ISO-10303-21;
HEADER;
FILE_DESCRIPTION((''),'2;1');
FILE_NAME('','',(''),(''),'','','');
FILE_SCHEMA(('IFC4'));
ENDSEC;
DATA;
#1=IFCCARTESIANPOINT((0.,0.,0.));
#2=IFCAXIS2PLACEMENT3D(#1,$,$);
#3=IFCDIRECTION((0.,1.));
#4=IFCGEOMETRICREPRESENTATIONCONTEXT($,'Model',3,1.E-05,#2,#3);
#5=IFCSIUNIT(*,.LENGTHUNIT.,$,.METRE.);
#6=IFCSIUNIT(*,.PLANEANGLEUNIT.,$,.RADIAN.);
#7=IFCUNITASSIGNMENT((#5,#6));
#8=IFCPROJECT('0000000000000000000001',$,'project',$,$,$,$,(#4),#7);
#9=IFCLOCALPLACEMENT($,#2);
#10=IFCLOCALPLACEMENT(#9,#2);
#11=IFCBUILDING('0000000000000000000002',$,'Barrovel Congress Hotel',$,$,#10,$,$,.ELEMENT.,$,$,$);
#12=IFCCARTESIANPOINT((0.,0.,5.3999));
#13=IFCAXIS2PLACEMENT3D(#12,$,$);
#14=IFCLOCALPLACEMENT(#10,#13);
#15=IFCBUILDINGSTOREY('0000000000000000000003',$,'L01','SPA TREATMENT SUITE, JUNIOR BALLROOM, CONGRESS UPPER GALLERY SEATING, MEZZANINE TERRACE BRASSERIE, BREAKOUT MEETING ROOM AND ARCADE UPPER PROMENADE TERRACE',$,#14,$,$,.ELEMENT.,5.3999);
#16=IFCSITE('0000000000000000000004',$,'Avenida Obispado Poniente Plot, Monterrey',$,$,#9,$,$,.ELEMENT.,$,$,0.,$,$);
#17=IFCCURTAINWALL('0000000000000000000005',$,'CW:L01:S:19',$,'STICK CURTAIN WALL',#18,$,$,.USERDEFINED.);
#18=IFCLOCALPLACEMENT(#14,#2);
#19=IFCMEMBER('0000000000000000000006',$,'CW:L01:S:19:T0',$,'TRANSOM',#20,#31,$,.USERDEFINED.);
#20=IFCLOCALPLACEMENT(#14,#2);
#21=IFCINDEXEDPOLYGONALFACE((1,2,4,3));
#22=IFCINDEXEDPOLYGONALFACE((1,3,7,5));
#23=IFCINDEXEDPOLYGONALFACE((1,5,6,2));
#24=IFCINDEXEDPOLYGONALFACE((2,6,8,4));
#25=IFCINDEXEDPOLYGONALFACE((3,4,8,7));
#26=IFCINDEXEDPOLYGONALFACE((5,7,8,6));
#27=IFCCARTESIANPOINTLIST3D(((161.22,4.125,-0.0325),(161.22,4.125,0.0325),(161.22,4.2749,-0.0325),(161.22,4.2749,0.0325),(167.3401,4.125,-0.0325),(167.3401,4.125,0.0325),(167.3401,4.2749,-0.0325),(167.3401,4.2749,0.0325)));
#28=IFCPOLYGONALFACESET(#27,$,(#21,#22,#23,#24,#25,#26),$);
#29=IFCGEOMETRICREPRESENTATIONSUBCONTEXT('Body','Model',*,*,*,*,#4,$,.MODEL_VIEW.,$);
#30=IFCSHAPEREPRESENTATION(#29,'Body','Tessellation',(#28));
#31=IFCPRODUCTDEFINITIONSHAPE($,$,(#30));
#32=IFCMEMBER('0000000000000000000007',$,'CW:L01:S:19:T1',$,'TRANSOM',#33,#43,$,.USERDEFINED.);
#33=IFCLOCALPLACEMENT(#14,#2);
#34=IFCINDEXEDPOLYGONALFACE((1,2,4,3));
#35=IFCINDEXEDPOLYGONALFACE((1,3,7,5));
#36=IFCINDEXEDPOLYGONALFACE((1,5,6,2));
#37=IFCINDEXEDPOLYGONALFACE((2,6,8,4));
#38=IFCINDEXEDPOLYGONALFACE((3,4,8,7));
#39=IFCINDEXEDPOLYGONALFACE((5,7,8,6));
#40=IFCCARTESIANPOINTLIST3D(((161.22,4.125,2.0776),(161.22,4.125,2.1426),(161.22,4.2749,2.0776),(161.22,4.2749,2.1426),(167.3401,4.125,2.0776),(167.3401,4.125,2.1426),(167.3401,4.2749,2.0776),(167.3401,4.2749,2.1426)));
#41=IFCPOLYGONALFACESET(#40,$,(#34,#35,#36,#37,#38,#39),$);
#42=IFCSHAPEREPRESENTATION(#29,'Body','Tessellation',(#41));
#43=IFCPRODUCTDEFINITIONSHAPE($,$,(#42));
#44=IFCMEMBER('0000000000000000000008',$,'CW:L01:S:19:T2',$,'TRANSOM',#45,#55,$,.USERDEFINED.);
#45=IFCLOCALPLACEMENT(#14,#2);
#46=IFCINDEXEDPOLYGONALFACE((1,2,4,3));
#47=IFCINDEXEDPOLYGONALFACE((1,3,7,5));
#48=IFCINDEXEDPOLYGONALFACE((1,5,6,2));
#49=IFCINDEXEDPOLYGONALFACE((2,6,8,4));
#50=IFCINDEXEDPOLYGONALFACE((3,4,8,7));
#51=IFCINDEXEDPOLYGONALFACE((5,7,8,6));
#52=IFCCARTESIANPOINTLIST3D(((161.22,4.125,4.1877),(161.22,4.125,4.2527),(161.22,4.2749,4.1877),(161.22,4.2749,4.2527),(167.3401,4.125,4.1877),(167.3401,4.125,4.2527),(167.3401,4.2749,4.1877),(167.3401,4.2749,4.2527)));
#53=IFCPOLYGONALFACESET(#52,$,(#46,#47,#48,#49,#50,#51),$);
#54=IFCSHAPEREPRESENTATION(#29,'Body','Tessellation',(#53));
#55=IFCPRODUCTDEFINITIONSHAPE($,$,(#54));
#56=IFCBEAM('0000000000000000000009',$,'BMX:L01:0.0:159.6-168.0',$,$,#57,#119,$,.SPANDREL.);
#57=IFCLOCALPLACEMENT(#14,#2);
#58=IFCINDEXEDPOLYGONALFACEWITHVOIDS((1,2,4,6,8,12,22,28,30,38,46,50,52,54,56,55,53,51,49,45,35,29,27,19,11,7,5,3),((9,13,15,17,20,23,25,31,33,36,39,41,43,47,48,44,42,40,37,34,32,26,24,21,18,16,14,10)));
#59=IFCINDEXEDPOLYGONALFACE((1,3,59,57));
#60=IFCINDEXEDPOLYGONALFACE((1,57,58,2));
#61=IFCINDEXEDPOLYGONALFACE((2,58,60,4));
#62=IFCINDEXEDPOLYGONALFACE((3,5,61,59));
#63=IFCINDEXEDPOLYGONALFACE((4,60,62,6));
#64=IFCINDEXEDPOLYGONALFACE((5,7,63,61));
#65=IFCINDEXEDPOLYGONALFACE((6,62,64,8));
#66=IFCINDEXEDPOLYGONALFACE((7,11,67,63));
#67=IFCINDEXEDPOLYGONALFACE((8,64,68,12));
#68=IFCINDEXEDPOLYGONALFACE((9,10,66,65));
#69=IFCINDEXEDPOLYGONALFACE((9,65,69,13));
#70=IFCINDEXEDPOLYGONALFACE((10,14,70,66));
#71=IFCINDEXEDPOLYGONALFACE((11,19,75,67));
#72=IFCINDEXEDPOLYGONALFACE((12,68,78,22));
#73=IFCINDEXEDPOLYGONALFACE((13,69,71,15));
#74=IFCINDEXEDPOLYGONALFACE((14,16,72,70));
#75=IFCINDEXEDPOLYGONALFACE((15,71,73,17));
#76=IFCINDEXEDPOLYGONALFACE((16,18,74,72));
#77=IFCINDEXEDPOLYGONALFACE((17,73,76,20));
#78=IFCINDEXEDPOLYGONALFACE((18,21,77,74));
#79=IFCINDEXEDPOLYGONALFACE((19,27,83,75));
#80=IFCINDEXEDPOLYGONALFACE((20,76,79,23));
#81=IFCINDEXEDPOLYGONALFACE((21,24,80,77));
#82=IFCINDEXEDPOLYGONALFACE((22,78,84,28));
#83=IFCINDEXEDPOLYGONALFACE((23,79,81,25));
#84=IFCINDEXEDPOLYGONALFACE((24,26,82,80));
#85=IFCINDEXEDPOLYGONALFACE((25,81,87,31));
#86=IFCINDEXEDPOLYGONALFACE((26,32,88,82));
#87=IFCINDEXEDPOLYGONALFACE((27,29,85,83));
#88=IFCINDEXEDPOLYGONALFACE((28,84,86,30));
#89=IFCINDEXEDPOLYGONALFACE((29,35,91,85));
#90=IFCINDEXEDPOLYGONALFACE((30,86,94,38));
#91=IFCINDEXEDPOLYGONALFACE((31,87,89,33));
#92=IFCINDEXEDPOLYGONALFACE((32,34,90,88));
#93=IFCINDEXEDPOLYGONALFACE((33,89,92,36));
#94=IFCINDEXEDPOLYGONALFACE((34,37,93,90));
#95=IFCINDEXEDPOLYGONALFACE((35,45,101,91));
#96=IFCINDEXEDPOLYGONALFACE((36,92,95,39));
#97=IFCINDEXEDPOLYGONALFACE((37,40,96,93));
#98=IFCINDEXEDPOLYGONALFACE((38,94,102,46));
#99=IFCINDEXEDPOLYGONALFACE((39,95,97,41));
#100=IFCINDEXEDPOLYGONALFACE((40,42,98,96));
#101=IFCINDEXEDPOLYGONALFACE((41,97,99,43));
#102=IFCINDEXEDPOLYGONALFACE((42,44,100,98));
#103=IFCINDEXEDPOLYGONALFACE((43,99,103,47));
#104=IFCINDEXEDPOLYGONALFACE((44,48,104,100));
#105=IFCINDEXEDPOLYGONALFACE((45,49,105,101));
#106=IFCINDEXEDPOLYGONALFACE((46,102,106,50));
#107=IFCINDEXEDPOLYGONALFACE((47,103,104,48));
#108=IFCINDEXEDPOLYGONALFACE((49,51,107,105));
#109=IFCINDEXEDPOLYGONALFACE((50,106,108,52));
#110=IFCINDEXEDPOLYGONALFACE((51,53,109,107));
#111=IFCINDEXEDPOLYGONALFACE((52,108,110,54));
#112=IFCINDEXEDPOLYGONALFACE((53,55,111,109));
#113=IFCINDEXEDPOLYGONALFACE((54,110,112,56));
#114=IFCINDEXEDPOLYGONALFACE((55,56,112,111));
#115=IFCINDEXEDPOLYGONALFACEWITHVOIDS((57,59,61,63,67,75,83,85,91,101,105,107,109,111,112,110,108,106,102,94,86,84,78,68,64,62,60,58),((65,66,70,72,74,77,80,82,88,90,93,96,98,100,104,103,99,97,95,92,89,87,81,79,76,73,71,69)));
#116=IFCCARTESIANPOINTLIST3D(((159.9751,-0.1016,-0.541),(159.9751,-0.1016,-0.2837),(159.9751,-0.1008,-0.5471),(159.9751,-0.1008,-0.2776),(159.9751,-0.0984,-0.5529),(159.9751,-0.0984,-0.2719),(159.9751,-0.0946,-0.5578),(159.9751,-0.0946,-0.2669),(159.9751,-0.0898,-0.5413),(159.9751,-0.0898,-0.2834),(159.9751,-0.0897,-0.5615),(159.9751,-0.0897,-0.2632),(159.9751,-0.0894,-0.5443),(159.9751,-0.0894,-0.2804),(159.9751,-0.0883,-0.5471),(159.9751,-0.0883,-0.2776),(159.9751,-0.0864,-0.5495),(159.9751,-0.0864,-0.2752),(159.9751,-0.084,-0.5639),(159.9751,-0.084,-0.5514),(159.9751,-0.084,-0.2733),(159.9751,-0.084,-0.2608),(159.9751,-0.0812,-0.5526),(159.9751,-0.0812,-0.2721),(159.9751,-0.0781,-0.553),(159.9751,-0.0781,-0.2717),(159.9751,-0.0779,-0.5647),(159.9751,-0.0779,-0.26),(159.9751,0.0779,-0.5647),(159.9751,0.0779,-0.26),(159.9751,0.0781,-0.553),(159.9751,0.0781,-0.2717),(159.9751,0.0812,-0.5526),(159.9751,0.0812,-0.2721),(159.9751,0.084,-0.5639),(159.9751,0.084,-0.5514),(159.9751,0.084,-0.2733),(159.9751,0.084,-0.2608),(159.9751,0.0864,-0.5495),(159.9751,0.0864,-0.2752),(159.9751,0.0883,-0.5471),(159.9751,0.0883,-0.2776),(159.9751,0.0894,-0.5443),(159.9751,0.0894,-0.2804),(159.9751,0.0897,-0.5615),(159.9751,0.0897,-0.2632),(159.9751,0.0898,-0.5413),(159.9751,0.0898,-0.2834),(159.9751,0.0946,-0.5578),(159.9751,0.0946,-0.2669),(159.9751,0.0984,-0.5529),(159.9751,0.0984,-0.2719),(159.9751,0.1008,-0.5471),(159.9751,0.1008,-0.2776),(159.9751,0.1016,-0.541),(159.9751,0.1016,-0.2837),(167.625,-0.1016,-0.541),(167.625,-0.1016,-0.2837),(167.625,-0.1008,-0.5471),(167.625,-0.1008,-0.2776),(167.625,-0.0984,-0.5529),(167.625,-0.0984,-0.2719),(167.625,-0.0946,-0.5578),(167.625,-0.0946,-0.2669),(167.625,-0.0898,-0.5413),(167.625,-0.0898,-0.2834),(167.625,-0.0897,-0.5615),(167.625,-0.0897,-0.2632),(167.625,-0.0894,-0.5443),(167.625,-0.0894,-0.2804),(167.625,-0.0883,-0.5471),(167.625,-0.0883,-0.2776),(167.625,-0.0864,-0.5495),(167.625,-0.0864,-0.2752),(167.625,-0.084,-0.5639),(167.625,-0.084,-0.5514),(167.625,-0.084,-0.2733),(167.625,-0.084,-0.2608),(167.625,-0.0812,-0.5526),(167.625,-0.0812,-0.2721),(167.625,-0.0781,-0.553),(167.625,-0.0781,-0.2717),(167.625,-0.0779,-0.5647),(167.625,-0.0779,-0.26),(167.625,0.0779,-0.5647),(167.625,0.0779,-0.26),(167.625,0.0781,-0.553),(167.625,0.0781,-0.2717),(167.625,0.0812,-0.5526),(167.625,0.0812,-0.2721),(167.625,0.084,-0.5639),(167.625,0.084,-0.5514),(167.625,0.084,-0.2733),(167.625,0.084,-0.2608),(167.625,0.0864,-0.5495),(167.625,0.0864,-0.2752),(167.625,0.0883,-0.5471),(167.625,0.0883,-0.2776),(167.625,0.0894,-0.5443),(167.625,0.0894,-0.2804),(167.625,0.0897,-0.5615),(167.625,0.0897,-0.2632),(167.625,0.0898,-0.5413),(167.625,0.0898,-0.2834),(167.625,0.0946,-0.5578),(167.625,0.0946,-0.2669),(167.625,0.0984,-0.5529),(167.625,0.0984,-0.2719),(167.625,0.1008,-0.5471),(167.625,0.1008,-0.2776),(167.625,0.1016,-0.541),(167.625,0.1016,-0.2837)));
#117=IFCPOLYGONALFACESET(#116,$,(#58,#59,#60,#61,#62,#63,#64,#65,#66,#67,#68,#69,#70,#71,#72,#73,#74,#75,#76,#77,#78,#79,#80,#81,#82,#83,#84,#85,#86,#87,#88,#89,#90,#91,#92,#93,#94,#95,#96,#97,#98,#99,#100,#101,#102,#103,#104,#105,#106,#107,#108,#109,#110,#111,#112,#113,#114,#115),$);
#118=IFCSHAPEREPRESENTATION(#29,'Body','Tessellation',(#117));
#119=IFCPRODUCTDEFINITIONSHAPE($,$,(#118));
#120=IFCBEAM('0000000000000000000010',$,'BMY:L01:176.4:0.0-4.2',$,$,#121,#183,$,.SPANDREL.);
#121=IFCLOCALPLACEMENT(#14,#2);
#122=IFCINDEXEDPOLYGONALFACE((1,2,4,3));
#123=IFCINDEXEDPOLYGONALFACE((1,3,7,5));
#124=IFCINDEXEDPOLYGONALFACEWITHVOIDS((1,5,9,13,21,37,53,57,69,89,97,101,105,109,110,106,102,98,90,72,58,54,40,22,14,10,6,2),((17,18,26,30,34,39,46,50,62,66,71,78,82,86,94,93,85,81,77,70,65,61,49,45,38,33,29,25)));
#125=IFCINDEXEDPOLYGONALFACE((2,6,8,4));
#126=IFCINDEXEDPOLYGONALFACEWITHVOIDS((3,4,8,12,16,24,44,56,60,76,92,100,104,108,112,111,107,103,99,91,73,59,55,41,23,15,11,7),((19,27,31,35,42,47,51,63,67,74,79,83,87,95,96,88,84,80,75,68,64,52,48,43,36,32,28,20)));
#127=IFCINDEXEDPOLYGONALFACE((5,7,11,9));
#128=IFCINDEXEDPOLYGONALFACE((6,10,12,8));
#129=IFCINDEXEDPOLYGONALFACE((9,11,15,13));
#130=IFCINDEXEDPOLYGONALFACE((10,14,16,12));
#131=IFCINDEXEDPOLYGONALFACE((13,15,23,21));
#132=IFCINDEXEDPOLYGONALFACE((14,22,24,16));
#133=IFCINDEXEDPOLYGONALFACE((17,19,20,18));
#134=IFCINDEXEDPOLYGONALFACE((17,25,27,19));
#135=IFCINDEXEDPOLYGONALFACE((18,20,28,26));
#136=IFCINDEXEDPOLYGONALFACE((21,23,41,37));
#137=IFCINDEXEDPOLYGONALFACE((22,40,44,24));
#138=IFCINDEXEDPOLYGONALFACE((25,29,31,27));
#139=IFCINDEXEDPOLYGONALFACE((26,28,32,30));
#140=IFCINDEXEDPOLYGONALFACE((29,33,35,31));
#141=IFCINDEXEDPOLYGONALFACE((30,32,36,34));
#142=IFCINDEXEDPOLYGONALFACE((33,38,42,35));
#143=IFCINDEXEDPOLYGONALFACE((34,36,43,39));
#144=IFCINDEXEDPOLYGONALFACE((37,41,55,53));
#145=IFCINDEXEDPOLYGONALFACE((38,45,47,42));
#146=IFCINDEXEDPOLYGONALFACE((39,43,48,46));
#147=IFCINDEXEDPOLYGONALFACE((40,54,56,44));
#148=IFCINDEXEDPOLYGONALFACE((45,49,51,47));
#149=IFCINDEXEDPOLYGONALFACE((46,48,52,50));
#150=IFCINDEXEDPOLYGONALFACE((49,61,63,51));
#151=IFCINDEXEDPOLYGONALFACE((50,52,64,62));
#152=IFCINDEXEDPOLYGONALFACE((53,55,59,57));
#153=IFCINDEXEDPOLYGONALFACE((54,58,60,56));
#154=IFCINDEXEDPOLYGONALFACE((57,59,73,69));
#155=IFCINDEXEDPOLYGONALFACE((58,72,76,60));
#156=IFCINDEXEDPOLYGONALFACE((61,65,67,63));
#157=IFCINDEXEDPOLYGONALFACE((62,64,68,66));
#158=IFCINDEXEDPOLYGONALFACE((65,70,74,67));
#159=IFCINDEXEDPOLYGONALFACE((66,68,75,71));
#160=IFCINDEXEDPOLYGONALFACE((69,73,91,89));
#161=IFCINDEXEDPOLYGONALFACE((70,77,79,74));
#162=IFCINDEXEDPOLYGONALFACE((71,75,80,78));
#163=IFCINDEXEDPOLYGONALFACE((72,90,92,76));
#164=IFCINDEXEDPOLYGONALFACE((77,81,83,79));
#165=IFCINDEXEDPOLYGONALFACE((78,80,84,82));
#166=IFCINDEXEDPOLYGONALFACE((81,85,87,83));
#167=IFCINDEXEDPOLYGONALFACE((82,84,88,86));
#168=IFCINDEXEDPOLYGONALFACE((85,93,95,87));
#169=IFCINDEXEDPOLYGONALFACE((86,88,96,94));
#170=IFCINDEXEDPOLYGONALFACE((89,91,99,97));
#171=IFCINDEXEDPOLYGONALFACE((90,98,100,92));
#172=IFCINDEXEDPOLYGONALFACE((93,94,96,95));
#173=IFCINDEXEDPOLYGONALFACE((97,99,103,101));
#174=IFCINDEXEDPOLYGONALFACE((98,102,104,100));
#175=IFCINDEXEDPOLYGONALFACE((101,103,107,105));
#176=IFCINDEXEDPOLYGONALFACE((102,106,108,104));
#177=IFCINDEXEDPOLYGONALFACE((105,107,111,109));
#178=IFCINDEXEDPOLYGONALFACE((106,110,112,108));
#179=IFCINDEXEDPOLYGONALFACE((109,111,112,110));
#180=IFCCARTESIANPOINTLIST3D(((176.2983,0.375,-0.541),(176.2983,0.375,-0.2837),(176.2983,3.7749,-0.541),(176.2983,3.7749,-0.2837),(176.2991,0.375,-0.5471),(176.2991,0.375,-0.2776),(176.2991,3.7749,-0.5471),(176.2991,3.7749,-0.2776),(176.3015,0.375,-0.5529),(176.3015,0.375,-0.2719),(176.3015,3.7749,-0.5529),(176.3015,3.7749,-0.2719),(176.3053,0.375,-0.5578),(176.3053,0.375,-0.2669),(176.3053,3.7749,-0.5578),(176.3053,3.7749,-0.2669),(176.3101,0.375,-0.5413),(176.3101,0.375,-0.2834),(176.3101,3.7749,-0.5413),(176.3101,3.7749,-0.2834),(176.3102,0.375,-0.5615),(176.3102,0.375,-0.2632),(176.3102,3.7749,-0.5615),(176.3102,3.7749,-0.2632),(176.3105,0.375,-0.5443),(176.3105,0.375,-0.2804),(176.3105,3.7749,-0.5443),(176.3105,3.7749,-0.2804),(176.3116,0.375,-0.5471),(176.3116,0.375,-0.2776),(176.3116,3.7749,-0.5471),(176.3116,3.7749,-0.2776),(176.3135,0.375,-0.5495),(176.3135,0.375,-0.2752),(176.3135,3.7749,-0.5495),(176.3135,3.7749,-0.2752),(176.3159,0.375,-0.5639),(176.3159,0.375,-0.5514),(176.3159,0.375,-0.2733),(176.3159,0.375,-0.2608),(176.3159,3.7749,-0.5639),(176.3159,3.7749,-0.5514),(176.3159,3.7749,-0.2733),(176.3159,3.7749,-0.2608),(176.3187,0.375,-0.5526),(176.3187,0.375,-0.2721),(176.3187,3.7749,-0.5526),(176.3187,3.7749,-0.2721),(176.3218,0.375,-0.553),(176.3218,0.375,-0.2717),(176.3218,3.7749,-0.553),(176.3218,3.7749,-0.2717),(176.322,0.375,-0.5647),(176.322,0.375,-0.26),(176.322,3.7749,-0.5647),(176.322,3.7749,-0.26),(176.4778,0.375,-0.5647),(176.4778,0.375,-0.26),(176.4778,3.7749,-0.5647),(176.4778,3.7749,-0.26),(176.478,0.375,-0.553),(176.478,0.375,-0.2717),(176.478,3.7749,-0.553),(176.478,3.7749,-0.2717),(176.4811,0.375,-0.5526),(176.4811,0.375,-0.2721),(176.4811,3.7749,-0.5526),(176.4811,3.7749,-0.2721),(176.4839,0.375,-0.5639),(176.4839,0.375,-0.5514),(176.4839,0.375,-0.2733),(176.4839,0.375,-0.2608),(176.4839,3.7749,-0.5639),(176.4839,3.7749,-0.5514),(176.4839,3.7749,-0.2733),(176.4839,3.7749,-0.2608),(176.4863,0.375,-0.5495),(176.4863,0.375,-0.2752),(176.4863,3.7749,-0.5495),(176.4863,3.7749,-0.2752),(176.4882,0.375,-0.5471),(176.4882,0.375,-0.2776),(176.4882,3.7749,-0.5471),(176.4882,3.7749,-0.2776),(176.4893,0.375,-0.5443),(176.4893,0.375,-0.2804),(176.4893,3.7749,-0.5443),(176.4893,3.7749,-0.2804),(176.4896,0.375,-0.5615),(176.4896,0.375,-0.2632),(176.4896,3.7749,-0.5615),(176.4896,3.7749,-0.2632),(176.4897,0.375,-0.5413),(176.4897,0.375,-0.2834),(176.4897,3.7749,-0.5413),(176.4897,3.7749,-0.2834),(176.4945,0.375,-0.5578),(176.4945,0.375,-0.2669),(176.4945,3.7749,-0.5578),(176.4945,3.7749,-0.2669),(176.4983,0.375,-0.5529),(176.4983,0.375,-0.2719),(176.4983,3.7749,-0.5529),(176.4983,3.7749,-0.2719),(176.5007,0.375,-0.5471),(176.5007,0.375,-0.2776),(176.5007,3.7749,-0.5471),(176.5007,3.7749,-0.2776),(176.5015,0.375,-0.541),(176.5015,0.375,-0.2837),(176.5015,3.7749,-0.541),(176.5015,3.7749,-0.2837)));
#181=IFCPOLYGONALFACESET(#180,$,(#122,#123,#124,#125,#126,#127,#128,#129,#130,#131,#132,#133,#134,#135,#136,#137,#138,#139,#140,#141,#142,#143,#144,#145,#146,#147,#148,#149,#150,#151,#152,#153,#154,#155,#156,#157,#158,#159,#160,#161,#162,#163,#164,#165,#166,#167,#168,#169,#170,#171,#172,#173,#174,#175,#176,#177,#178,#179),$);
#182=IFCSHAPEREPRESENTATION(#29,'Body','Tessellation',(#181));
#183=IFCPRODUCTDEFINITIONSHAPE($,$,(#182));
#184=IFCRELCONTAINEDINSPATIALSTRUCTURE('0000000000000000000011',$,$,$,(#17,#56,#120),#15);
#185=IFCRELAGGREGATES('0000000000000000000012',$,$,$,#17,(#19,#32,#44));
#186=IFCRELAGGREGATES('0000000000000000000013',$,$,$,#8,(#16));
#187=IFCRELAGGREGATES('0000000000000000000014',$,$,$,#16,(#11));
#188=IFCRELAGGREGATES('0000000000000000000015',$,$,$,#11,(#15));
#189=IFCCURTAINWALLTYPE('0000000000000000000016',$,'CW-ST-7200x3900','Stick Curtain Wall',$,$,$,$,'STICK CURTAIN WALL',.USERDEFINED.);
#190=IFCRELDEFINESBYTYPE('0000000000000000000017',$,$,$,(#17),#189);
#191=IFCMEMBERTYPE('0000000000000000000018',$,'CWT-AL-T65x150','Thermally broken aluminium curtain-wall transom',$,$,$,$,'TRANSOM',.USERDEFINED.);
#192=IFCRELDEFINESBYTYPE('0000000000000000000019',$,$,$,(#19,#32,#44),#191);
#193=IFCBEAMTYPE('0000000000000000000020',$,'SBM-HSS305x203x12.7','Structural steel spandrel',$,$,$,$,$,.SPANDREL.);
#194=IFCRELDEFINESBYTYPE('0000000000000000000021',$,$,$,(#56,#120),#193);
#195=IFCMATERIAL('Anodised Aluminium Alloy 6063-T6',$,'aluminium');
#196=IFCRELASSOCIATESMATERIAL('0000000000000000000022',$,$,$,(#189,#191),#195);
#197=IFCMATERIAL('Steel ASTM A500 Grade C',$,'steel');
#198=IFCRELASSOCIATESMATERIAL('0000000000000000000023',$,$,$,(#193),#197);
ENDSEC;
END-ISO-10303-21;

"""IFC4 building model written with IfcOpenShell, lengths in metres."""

from ifc_helpers import new_model, si_unit, direction, frame, origin, origin_2d, place, context, subcontext, project, spatial, rectangle, hollow_rectangle, extrude, material, material_profile, profile_set, type_object, element, aggregate, save


model = new_model("IFC4")

# Units and contexts
model_context = context("Model", 3, precision=1e-05, world=origin(), true_north=direction((0.0, 1.0)))
body_context = subcontext(model_context, "Body", "Model", "MODEL_VIEW")
ifc_project = project(units=[si_unit("LENGTHUNIT", "METRE"), si_unit("PLANEANGLEUNIT", "RADIAN")], contexts=[model_context])

# Site, building, storey
site_placement = place(None, origin())
site = spatial("IfcSite", under=ifc_project, at=site_placement, Name="Avenida Obispado Poniente Plot, Monterrey", CompositionType="ELEMENT", RefElevation=0.0)
building_placement = place(site_placement, origin())
building = spatial("IfcBuilding", under=site, at=building_placement, Name="Barrovel Congress Hotel", CompositionType="ELEMENT")
storey_placement = place(building_placement, frame((0.0, 0.0, 5.3999)))
storey = spatial("IfcBuildingStorey", under=building, at=storey_placement, Name="L01", Description="SPA TREATMENT SUITE, JUNIOR BALLROOM, CONGRESS UPPER GALLERY SEATING, MEZZANINE TERRACE BRASSERIE, BREAKOUT MEETING ROOM AND ARCADE UPPER PROMENADE TERRACE", CompositionType="ELEMENT", Elevation=5.3999)

# Curtain wall, members
ifc_material_1 = material(Name="Anodised Aluminium Alloy 6063-T6", Category="aluminium")
curtain_wall_type = type_object("IfcCurtainWallType", Name="CW-ST-7200x3900", Description="Stick Curtain Wall", ElementType="STICK CURTAIN WALL", PredefinedType="USERDEFINED", material=ifc_material_1)
curtain_wall_placement = place(storey_placement, origin())
curtain_wall = element("IfcCurtainWall", 1, at=curtain_wall_placement, inside=storey, type_object=curtain_wall_type, Name="CW:L01:S:19", ObjectType="STICK CURTAIN WALL", PredefinedType="USERDEFINED")
ifc_material_profile_1 = material_profile(ifc_material_1, rectangle(XDim=0.1499, YDim=0.0649, at=origin_2d()), Name="AL-T65x150")
ifc_profile_set_1 = profile_set([ifc_material_profile_1], Name="Anodised Aluminium Alloy 6063-T6")
member_type_1 = type_object("IfcMemberType", Name="CWT-AL-T65x150", Description="Thermally broken aluminium curtain-wall transom", ElementType="TRANSOM", PredefinedType="USERDEFINED", material=ifc_profile_set_1)
member_1_placement = place(storey_placement, frame((161.22, 4.2, 0.0), z_axis=(1.0, 0.0, 0.0), x_axis=(0.0, 1.0, 0.0)))
member_1 = element("IfcMember", 2, at=member_1_placement, type_object=member_type_1, Name="CW:L01:S:19:T0", ObjectType="TRANSOM", PredefinedType="USERDEFINED", context=body_context, shape_type="SweptSolid", body=[
    extrude(rectangle(XDim=0.1499, YDim=0.0649, at=origin_2d()), origin(), (0.0, 0.0, 1.0), 6.1201),
])
member_2_placement = place(storey_placement, frame((161.22, 4.2, 2.1101), z_axis=(1.0, 0.0, 0.0), x_axis=(0.0, 1.0, 0.0)))
member_2 = element("IfcMember", 3, at=member_2_placement, type_object=member_type_1, Name="CW:L01:S:19:T1", ObjectType="TRANSOM", PredefinedType="USERDEFINED", context=body_context, shape_type="SweptSolid", body=[
    extrude(rectangle(XDim=0.1499, YDim=0.0649, at=origin_2d()), origin(), (0.0, 0.0, 1.0), 6.1201),
])
member_3_placement = place(storey_placement, frame((161.22, 4.2, 4.2202), z_axis=(1.0, 0.0, 0.0), x_axis=(0.0, 1.0, 0.0)))
member_3 = element("IfcMember", 4, at=member_3_placement, type_object=member_type_1, Name="CW:L01:S:19:T2", ObjectType="TRANSOM", PredefinedType="USERDEFINED", context=body_context, shape_type="SweptSolid", body=[
    extrude(rectangle(XDim=0.1499, YDim=0.0649, at=origin_2d()), origin(), (0.0, 0.0, 1.0), 6.1201),
])

# Beams
ifc_material_2 = material(Name="Steel ASTM A500 Grade C", Category="steel")
ifc_material_profile_2 = material_profile(ifc_material_2, hollow_rectangle(XDim=0.2031, YDim=0.3047, WallThickness=0.0117, InnerFilletRadius=0.0117, OuterFilletRadius=0.0237, at=origin_2d()), Name="HSS305x203x12.7")
ifc_profile_set_2 = profile_set([ifc_material_profile_2], Name="Steel ASTM A500 Grade C")
beam_type_1 = type_object("IfcBeamType", Name="SBM-HSS305x203x12.7", Description="Structural steel spandrel", PredefinedType="SPANDREL", material=ifc_profile_set_2)
beam_1_placement = place(storey_placement, frame((159.9751, 0.0, -0.4124), z_axis=(1.0, 0.0, 0.0), x_axis=(0.0, 1.0, 0.0)))
element("IfcBeam", 5, at=beam_1_placement, inside=storey, type_object=beam_type_1, Name="BMX:L01:0.0:159.6-168.0", PredefinedType="SPANDREL", context=body_context, shape_type="SweptSolid", body=[
    extrude(hollow_rectangle(XDim=0.2031, YDim=0.3047, WallThickness=0.0117, InnerFilletRadius=0.0117, OuterFilletRadius=0.0237, at=origin_2d()), origin(), (0.0, 0.0, 1.0), 7.6499),
])
beam_2_placement = place(storey_placement, frame((176.3999, 0.375, -0.4124), z_axis=(0.0, 1.0, 0.0), x_axis=(-1.0, 0.0, 0.0)))
element("IfcBeam", 6, at=beam_2_placement, inside=storey, type_object=beam_type_1, Name="BMY:L01:176.4:0.0-4.2", PredefinedType="SPANDREL", context=body_context, shape_type="SweptSolid", body=[
    extrude(hollow_rectangle(XDim=0.2031, YDim=0.3047, WallThickness=0.0117, InnerFilletRadius=0.0117, OuterFilletRadius=0.0237, at=origin_2d()), origin(), (0.0, 0.0, 1.0), 3.3999),
])

aggregate(curtain_wall, [member_1, member_2, member_3])

save(model, "model.ifc")
